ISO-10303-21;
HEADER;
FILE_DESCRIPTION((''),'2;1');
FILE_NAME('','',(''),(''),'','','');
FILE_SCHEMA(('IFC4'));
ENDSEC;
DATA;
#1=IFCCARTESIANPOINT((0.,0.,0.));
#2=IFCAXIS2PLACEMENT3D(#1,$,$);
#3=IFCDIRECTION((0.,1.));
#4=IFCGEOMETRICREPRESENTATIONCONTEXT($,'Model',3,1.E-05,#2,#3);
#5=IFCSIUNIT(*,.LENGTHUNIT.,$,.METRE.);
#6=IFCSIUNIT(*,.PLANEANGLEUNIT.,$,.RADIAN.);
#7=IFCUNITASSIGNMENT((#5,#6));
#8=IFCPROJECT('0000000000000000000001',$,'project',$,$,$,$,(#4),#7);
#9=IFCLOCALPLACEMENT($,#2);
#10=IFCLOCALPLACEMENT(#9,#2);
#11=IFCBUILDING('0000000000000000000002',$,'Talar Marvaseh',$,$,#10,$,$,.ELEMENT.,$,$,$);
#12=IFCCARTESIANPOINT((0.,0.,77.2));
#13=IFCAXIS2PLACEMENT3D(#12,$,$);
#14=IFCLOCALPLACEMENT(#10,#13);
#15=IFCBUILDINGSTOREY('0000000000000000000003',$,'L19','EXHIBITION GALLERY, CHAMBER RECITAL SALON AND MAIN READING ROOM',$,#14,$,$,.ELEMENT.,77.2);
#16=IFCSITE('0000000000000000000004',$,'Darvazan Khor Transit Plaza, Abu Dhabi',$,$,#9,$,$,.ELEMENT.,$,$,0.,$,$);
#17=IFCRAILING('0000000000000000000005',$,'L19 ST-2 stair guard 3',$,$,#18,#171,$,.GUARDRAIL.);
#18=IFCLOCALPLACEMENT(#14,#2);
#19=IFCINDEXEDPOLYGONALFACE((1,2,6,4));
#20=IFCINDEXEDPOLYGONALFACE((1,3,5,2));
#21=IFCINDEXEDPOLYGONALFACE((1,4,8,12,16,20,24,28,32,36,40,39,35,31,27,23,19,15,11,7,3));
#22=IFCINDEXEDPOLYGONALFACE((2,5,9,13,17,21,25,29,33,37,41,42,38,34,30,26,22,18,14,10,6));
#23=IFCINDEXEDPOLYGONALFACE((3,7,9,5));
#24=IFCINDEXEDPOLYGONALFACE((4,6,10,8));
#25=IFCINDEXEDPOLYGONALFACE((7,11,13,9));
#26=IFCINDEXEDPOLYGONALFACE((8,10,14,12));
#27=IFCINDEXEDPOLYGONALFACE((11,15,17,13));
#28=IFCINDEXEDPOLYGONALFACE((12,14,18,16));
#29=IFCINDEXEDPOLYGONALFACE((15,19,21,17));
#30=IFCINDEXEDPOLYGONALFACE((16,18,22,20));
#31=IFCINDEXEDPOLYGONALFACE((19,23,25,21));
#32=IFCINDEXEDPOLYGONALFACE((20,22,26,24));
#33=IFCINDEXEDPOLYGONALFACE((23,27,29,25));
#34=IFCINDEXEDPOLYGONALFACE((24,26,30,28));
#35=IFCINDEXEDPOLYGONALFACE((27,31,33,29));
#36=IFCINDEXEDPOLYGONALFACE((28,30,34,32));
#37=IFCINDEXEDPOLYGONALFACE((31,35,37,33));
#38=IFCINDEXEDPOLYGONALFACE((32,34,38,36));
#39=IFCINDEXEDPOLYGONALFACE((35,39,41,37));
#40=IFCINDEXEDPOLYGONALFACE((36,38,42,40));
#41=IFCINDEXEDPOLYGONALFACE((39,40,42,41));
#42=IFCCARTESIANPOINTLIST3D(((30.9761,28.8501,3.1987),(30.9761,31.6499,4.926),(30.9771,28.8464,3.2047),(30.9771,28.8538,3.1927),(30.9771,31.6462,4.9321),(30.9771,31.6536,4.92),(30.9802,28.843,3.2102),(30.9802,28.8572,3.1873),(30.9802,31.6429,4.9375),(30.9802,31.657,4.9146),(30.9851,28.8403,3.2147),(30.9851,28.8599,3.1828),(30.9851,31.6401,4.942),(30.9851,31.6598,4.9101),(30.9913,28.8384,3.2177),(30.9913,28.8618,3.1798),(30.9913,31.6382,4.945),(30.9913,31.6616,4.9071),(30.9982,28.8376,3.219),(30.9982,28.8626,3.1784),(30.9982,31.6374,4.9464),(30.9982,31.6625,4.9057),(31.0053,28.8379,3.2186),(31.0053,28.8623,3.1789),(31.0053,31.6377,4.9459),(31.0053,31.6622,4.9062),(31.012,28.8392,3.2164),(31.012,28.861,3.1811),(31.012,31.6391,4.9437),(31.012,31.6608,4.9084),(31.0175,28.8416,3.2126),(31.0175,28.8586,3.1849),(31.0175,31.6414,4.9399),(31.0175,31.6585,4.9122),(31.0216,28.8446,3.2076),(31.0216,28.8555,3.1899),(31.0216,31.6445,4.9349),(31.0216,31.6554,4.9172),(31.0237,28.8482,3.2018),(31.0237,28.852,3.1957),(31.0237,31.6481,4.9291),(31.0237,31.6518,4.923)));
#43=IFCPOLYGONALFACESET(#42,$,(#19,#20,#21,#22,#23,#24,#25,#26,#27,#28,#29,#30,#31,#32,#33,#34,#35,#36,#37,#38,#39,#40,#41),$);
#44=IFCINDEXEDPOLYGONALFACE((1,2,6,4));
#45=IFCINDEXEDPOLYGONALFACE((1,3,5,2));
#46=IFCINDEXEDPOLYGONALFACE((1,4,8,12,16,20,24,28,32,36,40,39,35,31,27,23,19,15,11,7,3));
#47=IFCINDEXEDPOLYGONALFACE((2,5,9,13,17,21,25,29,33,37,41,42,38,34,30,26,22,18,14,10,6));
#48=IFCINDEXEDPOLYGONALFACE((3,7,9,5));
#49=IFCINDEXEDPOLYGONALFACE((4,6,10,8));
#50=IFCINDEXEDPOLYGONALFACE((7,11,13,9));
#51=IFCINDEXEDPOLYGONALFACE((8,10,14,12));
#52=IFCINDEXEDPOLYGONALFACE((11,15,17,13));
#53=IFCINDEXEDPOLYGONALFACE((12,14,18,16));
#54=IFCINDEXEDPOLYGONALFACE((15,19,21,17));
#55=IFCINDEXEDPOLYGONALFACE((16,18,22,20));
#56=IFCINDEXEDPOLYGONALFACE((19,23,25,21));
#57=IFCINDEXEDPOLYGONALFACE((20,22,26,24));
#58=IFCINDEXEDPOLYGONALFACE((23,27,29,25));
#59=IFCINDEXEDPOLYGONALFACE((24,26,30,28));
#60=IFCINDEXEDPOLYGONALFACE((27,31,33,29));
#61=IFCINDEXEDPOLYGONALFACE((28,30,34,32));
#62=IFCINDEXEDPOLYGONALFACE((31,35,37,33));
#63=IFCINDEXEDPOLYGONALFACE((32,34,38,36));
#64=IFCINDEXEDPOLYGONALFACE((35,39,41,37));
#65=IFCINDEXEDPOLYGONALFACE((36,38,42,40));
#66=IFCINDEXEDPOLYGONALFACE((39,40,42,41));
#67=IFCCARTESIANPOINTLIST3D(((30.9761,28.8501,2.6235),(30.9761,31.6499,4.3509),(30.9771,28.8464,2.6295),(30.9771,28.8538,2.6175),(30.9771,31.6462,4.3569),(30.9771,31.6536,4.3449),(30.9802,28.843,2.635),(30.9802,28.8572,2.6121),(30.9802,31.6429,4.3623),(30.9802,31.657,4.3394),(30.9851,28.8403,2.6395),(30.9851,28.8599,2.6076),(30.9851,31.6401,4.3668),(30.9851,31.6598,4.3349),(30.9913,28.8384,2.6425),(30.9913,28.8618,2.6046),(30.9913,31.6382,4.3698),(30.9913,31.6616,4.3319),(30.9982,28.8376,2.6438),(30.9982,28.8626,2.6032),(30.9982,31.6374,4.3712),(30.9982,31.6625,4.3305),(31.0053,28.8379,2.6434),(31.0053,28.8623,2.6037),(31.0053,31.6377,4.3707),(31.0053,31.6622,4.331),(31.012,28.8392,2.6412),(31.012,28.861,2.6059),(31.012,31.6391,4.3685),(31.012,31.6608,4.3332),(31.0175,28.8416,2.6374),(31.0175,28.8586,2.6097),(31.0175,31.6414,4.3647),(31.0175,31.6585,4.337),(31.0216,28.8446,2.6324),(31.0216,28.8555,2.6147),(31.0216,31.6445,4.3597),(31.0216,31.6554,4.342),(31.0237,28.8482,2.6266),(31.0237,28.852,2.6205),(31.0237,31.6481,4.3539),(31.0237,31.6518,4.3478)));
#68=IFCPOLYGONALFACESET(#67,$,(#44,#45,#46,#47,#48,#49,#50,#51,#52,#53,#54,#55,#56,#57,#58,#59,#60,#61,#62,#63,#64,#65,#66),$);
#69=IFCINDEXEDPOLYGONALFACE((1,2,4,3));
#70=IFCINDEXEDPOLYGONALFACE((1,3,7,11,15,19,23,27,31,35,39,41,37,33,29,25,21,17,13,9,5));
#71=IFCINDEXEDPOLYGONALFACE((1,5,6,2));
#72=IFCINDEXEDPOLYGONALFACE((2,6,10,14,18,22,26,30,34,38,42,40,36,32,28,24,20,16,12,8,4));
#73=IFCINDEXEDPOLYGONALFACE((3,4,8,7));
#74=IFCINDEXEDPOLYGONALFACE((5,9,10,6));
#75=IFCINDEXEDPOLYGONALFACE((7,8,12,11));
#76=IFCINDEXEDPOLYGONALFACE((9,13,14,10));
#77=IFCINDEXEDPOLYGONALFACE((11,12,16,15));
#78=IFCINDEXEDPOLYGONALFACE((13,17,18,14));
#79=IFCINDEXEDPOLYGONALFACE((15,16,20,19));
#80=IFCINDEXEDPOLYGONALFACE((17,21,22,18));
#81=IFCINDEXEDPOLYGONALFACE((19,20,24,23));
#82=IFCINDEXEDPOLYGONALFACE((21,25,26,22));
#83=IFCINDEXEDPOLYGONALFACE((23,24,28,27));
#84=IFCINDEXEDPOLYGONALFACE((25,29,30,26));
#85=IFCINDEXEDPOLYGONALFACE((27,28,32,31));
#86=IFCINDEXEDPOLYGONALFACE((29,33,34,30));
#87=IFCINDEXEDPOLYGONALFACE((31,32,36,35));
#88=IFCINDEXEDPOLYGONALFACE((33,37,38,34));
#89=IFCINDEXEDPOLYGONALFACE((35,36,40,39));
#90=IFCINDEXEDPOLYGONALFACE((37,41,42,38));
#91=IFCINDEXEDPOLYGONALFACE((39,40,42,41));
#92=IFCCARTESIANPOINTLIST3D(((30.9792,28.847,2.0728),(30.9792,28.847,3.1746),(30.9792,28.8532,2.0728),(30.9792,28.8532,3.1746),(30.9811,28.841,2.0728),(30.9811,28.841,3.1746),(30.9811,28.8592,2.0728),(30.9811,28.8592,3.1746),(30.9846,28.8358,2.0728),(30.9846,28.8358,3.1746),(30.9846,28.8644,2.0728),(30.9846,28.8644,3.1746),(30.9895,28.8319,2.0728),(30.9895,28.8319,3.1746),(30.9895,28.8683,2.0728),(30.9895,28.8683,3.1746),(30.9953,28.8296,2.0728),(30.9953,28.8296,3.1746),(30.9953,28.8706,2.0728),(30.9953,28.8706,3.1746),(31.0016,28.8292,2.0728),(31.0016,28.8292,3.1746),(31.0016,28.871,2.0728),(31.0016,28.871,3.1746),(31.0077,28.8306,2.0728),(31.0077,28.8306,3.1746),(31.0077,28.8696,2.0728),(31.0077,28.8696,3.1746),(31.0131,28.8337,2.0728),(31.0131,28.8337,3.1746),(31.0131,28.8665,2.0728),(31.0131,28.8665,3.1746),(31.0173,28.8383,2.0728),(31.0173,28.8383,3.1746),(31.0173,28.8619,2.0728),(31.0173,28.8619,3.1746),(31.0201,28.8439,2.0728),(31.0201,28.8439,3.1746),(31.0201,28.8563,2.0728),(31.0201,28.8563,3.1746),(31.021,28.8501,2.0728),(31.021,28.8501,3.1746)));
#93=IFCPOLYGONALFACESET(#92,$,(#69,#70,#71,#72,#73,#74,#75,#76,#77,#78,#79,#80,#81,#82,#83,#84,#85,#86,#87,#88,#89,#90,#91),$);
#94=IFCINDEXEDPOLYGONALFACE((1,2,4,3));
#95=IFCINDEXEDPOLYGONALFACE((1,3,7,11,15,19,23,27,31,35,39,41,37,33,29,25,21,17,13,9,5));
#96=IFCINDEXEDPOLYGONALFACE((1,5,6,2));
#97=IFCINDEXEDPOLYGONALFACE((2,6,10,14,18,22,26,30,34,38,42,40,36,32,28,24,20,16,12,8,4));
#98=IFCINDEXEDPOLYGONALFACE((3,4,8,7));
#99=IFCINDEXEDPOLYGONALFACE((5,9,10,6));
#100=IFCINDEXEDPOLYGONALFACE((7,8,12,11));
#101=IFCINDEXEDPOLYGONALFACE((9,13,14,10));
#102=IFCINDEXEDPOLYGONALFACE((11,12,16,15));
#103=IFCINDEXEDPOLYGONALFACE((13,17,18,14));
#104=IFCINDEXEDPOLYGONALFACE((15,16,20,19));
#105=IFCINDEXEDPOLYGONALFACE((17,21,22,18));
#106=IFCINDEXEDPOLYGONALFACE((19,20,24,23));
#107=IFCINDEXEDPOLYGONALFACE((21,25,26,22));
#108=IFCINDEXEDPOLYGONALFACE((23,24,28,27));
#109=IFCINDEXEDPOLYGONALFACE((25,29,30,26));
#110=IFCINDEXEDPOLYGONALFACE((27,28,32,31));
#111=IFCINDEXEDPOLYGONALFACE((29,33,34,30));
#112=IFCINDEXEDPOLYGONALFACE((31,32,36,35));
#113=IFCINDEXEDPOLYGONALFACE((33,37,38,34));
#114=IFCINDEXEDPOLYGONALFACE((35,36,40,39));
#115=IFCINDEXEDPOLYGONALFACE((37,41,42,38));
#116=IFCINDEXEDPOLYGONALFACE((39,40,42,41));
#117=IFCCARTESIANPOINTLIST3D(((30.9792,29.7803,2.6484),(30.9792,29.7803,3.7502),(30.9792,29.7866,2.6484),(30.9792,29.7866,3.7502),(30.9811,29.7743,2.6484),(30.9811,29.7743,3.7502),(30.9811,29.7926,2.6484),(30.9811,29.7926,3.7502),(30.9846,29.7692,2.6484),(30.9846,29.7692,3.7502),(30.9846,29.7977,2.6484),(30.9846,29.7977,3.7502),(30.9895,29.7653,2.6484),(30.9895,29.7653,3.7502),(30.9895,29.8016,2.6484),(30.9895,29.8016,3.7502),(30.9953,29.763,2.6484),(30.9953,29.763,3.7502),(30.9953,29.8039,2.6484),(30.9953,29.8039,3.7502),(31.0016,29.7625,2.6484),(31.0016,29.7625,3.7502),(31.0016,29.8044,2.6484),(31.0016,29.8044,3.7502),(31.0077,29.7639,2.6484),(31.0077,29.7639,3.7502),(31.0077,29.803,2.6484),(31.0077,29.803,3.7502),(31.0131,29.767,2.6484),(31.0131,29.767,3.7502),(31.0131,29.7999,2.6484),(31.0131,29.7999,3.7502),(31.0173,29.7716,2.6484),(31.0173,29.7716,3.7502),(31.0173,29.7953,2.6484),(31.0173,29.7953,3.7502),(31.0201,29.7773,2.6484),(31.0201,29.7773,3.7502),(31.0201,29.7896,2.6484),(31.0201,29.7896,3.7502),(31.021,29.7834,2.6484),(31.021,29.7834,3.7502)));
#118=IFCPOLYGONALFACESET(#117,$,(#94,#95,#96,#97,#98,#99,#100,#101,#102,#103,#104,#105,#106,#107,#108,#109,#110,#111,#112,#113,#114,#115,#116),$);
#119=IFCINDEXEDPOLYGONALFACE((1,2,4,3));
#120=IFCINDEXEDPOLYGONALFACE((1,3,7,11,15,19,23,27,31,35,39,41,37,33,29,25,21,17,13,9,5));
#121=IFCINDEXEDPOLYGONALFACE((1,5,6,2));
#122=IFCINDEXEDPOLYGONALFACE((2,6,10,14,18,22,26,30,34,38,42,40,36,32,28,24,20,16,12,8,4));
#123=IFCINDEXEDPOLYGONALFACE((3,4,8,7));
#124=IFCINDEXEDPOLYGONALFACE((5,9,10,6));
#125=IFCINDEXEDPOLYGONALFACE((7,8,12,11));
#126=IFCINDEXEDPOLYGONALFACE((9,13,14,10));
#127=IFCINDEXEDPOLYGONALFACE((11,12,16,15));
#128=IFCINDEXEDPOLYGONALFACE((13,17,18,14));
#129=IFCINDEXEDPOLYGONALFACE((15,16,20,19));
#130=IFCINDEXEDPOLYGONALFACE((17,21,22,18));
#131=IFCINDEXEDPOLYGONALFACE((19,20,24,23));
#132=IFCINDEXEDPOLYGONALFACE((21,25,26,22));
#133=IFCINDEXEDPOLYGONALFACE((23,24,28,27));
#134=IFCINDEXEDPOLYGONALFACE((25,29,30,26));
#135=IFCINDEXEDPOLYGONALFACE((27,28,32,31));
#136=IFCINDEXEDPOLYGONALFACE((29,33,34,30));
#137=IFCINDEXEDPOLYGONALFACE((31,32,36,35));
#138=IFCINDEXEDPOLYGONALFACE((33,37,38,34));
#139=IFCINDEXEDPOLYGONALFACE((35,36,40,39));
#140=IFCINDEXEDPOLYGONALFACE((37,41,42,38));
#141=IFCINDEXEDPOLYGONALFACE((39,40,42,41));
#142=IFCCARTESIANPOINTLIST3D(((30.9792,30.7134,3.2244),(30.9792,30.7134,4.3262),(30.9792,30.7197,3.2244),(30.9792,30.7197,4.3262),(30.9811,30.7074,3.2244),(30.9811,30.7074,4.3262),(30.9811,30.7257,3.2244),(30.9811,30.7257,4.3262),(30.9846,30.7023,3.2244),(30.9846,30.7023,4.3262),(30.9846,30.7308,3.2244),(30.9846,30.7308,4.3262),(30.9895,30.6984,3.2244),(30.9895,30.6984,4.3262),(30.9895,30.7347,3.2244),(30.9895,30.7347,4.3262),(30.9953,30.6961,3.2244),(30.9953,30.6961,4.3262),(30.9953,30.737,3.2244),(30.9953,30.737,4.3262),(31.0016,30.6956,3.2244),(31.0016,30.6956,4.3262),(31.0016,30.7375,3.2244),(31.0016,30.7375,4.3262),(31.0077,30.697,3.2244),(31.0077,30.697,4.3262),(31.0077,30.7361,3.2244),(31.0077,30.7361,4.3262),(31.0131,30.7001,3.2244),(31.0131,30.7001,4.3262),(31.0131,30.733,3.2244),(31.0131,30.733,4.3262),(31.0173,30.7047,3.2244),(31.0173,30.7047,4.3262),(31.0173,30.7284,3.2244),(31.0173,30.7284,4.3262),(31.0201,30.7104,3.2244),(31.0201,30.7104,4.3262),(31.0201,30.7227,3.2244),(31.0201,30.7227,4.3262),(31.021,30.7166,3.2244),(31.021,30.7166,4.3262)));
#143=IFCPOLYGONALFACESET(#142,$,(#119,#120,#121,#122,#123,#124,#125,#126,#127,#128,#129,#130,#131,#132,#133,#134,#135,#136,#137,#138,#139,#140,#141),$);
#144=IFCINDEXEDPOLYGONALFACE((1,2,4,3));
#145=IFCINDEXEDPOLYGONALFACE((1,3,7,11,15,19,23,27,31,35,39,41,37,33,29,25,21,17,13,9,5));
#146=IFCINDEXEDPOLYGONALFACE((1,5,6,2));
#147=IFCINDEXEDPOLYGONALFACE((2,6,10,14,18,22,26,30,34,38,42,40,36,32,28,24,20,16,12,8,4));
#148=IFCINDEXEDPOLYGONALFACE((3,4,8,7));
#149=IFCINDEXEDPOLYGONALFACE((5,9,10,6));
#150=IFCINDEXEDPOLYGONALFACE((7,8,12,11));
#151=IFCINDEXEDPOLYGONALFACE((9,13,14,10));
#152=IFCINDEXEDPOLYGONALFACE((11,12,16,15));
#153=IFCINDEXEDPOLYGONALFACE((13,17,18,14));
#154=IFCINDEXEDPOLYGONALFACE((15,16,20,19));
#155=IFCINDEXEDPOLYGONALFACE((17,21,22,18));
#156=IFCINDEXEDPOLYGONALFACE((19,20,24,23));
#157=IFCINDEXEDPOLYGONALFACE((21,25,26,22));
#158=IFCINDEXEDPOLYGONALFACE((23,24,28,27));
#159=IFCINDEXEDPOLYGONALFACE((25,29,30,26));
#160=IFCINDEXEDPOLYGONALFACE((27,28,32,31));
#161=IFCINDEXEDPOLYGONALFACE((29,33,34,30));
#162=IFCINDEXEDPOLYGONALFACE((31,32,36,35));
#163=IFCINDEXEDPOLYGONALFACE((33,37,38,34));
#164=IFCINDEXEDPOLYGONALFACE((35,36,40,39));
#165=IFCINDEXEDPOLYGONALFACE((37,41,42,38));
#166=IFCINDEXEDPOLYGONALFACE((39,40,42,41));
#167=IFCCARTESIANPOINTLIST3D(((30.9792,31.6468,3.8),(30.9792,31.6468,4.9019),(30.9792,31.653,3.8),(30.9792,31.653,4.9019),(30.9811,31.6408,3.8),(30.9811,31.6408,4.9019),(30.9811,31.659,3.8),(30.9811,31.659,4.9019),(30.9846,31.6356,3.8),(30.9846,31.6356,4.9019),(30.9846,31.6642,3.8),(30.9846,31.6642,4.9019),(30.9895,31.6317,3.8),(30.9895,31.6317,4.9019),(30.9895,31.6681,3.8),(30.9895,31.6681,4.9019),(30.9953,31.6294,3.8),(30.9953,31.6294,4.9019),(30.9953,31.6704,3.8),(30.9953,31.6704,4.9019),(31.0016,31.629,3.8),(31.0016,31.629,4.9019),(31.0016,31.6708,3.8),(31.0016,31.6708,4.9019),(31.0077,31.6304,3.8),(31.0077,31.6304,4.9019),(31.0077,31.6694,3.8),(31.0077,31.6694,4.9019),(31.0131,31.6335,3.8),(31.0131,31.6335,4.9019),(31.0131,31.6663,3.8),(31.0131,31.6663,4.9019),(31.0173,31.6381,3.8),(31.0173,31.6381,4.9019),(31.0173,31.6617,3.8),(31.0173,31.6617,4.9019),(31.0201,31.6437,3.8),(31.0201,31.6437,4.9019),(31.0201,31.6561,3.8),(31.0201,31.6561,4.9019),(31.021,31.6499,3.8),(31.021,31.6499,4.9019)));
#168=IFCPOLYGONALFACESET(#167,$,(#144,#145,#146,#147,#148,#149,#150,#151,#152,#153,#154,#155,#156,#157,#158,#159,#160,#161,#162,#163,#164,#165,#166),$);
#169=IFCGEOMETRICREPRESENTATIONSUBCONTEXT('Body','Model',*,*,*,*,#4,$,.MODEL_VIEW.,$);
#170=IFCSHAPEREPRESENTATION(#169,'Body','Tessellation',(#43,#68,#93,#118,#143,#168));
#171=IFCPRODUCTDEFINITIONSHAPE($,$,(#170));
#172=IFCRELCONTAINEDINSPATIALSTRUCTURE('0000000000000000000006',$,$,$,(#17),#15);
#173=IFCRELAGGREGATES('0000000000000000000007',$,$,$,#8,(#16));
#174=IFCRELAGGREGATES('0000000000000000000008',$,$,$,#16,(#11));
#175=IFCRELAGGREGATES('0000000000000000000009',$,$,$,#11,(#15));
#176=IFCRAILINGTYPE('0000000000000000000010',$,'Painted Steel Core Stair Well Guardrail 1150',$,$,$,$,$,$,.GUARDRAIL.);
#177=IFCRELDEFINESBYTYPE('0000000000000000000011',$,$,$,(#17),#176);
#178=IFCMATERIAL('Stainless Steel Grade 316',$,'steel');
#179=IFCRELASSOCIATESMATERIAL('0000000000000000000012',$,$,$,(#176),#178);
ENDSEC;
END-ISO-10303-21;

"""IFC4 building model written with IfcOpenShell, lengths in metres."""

from ifc_helpers import new_model, si_unit, direction, frame, origin, origin_2d, place, context, subcontext, project, spatial, circle, extrude, material, type_object, element, save


model = new_model("IFC4")

# Units and contexts
model_context = context("Model", 3, precision=1e-05, world=origin(), true_north=direction((0.0, 1.0)))
body_context = subcontext(model_context, "Body", "Model", "MODEL_VIEW")
ifc_project = project(units=[si_unit("LENGTHUNIT", "METRE"), si_unit("PLANEANGLEUNIT", "RADIAN")], contexts=[model_context])

# Site, building, storey
site_placement = place(None, origin())
site = spatial("IfcSite", under=ifc_project, at=site_placement, Name="Darvazan Khor Transit Plaza, Abu Dhabi", CompositionType="ELEMENT", RefElevation=0.0)
building_placement = place(site_placement, origin())
building = spatial("IfcBuilding", under=site, at=building_placement, Name="Talar Marvaseh", CompositionType="ELEMENT")
storey_placement = place(building_placement, frame((0.0, 0.0, 77.2)))
storey = spatial("IfcBuildingStorey", under=building, at=storey_placement, Name="L19", Description="EXHIBITION GALLERY, CHAMBER RECITAL SALON AND MAIN READING ROOM", CompositionType="ELEMENT", Elevation=77.2)

# Railing
ifc_material_1 = material(Name="Stainless Steel Grade 316", Category="steel")
railing_type_1 = type_object("IfcRailingType", Name="Painted Steel Core Stair Well Guardrail 1150", PredefinedType="GUARDRAIL", material=ifc_material_1)
railing_1_placement = place(storey_placement, frame((31.0, 28.8501, 2.0728)))
element("IfcRailing", 1, at=railing_1_placement, inside=storey, type_object=railing_type_1, Name="L19 ST-2 stair guard 3", PredefinedType="GUARDRAIL", context=body_context, shape_type="SweptSolid", body=[
    extrude(circle(Radius=0.0239, at=origin_2d()), frame((0.0, 0.0, 1.126), z_axis=(0.0, 0.851069, 0.525054), x_axis=(-1.0, 0.0, 0.0)), (0.0, 0.0, 1.0), 3.2898),
    extrude(circle(Radius=0.0239, at=origin_2d()), frame((0.0, 0.0, 0.5508), z_axis=(0.0, 0.851069, 0.525054), x_axis=(-1.0, 0.0, 0.0)), (0.0, 0.0, 1.0), 3.2898),
    extrude(circle(Radius=0.021, at=origin_2d()), origin(), (0.0, 0.0, 1.0), 1.1018),
    extrude(circle(Radius=0.021, at=origin_2d()), frame((0.0, 0.9333, 0.5757)), (0.0, 0.0, 1.0), 1.1018),
    extrude(circle(Radius=0.021, at=origin_2d()), frame((0.0, 1.8665, 1.1516)), (0.0, 0.0, 1.0), 1.1018),
    extrude(circle(Radius=0.021, at=origin_2d()), frame((0.0, 2.7998, 1.7273)), (0.0, 0.0, 1.0), 1.1018),
])

save(model, "model.ifc")
